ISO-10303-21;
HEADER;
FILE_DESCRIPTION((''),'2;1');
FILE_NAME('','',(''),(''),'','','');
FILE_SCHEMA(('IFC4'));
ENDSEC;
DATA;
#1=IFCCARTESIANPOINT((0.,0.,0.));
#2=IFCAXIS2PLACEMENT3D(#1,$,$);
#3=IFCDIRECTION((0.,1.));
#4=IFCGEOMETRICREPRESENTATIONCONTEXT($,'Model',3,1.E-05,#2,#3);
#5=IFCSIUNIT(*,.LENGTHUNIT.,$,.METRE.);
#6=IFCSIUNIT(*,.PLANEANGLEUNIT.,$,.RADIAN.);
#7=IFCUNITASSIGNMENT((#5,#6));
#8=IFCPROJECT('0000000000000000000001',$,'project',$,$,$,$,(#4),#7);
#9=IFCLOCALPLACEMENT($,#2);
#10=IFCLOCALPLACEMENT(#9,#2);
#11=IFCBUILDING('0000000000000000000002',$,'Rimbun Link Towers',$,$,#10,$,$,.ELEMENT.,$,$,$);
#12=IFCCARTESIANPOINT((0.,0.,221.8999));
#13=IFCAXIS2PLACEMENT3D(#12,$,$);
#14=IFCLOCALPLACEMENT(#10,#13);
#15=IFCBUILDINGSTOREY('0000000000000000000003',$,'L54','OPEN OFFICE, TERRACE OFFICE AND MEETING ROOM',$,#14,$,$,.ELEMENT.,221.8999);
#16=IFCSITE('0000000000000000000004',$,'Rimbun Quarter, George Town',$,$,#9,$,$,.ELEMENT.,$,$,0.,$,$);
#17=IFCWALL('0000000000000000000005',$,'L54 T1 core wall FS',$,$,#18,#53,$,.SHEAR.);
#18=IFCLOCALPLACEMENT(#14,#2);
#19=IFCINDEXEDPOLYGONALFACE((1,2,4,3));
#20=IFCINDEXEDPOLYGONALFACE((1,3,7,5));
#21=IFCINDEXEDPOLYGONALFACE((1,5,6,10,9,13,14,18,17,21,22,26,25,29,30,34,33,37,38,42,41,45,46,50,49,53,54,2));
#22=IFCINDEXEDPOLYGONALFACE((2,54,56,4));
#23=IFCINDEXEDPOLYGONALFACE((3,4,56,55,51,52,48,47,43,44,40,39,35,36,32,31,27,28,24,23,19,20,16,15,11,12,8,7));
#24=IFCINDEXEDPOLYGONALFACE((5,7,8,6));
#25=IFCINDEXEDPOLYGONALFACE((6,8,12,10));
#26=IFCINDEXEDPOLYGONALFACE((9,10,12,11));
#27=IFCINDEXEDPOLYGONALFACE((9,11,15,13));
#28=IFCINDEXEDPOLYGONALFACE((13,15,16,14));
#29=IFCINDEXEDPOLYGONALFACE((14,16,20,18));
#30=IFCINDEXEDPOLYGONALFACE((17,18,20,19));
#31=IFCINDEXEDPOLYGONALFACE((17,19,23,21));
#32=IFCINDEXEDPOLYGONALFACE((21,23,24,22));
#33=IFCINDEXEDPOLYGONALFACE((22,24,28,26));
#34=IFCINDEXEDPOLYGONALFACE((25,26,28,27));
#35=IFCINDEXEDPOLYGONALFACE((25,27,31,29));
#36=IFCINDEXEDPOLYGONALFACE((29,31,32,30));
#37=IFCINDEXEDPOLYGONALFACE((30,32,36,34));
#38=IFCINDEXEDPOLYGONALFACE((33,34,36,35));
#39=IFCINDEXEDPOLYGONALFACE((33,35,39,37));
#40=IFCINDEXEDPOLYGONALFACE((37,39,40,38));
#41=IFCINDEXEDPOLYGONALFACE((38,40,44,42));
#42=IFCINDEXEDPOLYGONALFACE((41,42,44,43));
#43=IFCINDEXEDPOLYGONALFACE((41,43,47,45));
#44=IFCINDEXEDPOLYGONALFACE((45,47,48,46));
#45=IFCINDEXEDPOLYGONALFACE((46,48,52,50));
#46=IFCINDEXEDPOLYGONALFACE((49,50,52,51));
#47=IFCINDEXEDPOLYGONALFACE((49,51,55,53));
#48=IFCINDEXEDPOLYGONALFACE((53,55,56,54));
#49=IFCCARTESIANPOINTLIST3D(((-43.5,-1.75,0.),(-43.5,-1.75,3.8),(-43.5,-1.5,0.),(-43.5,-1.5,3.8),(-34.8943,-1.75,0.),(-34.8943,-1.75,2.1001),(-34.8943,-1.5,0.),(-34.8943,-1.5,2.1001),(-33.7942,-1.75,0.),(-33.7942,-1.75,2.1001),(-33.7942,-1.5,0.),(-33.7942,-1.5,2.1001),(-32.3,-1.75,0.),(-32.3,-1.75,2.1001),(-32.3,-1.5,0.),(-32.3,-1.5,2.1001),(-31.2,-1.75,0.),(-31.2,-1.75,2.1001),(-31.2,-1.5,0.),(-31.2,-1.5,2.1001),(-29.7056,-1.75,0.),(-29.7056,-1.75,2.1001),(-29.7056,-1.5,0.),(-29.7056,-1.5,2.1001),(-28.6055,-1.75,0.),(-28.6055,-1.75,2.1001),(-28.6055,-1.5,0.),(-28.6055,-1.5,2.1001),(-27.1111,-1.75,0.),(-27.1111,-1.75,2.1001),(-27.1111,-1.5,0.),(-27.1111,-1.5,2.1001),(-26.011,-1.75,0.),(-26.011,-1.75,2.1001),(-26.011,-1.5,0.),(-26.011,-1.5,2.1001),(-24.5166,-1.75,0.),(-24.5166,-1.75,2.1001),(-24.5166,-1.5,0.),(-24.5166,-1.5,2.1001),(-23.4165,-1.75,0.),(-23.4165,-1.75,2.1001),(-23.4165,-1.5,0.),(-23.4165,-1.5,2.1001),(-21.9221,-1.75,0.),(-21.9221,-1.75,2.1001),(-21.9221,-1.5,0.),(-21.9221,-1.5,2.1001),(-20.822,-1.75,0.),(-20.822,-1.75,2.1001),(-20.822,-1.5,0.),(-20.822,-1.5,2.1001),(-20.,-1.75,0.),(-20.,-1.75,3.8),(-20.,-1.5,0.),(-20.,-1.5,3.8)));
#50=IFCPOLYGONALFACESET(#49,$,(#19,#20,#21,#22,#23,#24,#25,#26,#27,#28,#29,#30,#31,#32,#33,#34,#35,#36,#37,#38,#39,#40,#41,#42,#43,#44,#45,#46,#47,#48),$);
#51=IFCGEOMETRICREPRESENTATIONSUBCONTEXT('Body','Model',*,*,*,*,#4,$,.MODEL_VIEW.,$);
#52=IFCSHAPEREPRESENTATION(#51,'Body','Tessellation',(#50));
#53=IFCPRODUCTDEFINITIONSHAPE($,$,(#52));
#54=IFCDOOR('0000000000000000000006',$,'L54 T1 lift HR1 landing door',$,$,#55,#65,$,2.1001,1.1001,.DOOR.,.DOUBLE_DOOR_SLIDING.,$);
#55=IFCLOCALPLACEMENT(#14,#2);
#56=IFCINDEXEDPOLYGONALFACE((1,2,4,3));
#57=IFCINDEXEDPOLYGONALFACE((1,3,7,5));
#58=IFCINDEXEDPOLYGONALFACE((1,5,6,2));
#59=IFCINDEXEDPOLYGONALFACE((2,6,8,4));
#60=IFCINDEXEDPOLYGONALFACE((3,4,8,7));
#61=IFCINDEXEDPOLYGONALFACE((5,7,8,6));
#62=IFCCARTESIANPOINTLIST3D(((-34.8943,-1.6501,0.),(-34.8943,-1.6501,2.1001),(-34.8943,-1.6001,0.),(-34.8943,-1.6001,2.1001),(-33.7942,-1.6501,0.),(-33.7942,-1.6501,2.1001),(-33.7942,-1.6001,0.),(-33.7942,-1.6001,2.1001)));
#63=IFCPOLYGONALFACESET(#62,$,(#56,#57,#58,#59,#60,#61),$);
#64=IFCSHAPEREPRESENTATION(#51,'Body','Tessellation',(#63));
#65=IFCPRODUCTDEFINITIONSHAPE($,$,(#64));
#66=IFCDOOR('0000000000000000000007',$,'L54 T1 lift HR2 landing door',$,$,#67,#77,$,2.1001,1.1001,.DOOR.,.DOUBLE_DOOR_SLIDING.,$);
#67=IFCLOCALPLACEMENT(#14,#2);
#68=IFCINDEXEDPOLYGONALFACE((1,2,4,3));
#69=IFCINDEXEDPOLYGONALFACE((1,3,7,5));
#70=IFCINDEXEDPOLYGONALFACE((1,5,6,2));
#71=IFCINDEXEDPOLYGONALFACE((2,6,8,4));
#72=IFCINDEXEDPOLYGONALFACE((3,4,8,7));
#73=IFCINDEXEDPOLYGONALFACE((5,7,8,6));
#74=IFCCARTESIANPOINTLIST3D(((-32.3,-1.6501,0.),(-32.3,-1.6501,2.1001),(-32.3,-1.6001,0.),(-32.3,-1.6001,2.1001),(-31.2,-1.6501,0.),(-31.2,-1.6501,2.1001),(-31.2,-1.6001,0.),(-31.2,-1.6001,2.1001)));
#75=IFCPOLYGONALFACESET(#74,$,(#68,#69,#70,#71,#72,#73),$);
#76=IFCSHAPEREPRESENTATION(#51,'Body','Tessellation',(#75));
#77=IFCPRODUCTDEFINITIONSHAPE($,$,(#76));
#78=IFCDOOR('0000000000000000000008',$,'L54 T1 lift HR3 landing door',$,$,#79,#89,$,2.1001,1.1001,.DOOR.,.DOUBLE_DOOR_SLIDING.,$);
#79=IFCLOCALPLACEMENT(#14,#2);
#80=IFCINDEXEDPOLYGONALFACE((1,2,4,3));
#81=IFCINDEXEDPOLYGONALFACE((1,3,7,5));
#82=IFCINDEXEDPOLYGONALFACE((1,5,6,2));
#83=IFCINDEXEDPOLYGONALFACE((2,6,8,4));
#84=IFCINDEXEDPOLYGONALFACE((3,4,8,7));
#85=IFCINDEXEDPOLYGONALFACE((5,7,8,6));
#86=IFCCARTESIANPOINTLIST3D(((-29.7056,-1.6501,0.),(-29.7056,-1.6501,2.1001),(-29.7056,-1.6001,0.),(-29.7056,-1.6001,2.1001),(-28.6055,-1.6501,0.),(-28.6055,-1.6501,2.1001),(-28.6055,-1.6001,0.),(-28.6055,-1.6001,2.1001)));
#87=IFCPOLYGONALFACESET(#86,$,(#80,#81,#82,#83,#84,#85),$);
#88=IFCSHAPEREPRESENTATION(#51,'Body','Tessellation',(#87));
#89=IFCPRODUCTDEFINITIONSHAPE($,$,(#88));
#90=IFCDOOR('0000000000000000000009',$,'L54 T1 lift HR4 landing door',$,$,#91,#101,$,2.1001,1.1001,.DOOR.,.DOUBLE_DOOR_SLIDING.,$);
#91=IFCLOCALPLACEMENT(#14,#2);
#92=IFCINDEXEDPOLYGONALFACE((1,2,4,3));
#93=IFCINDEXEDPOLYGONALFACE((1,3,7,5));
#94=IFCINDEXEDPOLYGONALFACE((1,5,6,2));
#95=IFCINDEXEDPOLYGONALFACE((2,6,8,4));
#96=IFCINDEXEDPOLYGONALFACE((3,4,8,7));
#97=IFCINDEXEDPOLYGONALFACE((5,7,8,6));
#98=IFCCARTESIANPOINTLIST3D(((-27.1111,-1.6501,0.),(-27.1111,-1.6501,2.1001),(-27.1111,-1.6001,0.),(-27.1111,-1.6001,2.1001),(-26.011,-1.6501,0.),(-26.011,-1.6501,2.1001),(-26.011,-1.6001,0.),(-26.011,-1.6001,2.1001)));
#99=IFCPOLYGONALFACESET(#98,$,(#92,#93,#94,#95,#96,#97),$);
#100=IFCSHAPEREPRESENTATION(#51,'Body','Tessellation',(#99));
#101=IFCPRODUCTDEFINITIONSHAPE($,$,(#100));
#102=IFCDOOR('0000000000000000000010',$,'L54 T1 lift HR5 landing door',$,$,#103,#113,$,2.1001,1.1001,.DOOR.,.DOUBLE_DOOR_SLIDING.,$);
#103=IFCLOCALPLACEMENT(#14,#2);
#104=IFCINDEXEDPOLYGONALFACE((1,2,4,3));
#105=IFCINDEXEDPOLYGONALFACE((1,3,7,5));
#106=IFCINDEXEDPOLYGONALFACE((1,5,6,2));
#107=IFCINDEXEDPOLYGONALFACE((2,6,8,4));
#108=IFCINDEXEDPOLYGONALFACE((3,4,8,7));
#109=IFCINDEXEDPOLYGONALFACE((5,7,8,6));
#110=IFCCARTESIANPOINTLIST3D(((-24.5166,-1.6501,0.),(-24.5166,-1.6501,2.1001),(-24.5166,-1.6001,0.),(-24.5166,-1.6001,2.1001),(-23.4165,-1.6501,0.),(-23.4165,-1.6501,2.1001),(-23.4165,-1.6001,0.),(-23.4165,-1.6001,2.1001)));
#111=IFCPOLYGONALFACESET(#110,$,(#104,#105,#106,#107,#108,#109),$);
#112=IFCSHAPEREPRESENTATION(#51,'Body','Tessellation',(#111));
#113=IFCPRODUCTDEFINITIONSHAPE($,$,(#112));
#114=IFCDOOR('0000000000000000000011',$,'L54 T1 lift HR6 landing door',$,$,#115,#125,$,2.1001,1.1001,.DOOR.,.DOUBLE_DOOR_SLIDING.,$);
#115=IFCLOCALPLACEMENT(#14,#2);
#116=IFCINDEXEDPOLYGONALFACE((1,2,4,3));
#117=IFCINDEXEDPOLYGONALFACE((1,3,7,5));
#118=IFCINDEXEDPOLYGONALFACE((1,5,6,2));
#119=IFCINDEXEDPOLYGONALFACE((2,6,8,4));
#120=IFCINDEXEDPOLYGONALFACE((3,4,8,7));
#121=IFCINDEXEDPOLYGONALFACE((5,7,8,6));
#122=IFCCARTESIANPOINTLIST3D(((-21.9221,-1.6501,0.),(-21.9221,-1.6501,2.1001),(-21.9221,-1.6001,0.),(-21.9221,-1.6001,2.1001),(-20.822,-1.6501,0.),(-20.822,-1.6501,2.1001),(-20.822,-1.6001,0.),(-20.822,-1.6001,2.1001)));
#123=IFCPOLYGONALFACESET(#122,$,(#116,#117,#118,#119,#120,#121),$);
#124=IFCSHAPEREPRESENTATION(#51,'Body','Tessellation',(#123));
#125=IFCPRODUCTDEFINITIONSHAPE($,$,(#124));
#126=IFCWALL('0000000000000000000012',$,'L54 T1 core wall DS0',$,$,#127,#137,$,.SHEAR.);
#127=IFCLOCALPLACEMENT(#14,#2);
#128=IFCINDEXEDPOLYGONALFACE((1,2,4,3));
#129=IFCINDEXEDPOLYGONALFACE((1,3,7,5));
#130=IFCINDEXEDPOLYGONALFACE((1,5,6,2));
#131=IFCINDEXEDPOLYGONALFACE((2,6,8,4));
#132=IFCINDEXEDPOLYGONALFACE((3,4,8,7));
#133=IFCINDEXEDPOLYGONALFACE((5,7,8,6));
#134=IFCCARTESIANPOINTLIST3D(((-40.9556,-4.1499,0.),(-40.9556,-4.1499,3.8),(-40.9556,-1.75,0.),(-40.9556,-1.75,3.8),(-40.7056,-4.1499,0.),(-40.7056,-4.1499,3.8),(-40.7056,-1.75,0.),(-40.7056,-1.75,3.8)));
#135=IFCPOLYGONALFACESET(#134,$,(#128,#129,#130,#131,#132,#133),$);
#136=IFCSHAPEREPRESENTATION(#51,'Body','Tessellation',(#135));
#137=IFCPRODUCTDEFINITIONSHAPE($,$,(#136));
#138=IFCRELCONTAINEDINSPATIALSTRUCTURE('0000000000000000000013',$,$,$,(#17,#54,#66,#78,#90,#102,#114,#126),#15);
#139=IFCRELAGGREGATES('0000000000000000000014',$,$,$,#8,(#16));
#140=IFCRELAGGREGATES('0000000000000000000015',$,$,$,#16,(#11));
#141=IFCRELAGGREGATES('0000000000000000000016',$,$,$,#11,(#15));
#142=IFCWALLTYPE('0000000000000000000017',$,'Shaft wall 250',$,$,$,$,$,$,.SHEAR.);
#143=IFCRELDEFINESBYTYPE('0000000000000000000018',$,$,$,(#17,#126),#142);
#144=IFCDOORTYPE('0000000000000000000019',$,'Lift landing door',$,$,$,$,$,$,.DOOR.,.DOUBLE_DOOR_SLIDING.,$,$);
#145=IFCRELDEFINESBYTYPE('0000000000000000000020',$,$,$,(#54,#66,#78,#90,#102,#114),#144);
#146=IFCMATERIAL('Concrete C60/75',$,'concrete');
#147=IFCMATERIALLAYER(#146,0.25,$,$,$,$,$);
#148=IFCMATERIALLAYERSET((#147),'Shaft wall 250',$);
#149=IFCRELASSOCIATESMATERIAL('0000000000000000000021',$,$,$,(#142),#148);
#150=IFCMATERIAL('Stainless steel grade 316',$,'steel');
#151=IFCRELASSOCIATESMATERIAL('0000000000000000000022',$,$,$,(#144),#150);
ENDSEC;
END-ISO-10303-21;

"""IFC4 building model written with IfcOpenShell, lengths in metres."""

from ifc_helpers import new_model, si_unit, direction, frame, frame_2d, origin, place, context, subcontext, project, spatial, rectangle, extrude, material, layer, layer_set, type_object, element, fill, save


model = new_model("IFC4")

# Units and contexts
model_context = context("Model", 3, precision=1e-05, world=origin(), true_north=direction((0.0, 1.0)))
body_context = subcontext(model_context, "Body", "Model", "MODEL_VIEW")
ifc_project = project(units=[si_unit("LENGTHUNIT", "METRE"), si_unit("PLANEANGLEUNIT", "RADIAN")], contexts=[model_context])

# Site, building, storey
site_placement = place(None, origin())
site = spatial("IfcSite", under=ifc_project, at=site_placement, Name="Rimbun Quarter, George Town", CompositionType="ELEMENT", RefElevation=0.0)
building_placement = place(site_placement, origin())
building = spatial("IfcBuilding", under=site, at=building_placement, Name="Rimbun Link Towers", CompositionType="ELEMENT")
storey_placement = place(building_placement, frame((0.0, 0.0, 221.8999)))
storey = spatial("IfcBuildingStorey", under=building, at=storey_placement, Name="L54", Description="OPEN OFFICE, TERRACE OFFICE AND MEETING ROOM", CompositionType="ELEMENT", Elevation=221.8999)

# Shared definitions
ifc_material_1 = material(Name="Concrete C60/75", Category="concrete")
ifc_layer_1 = layer(ifc_material_1, 0.25)
ifc_layer_set_1 = layer_set([ifc_layer_1], Name="Shaft wall 250")
wall_type_1 = type_object("IfcWallType", Name="Shaft wall 250", PredefinedType="SHEAR", material=ifc_layer_set_1)

# Wall, openings, doors
wall_1_placement = place(storey_placement, frame((-43.5, -1.625, 0.0), z_axis=(0.0, 0.0, 1.0), x_axis=(1.0, 0.0, 0.0)))
wall_1 = element("IfcWall", 1, at=wall_1_placement, inside=storey, type_object=wall_type_1, Name="L54 T1 core wall FS", PredefinedType="SHEAR", context=body_context, shape_type="SweptSolid", body=[
    extrude(rectangle(XDim=23.5, YDim=0.25, at=frame_2d((11.75, 0.0))), origin(), (0.0, 0.0, 1.0), 3.8),
])
opening_1_placement = place(wall_1_placement, frame((8.6057, 0.0, 0.0)))
opening_1 = element("IfcOpeningElement", 2, at=opening_1_placement, cuts=wall_1, PredefinedType="OPENING", context=body_context, shape_type="SweptSolid", body=[
    extrude(rectangle(XDim=1.1001, YDim=2.1001, at=frame_2d((0.55, 1.05))), frame((0.0, 0.135, 0.0), z_axis=(0.0, -1.0, 0.0), x_axis=(1.0, 0.0, 0.0)), (0.0, 0.0, 1.0), 0.27),
])
opening_2_placement = place(wall_1_placement, frame((11.2, 0.0, 0.0)))
opening_2 = element("IfcOpeningElement", 3, at=opening_2_placement, cuts=wall_1, PredefinedType="OPENING", context=body_context, shape_type="SweptSolid", body=[
    extrude(rectangle(XDim=1.1001, YDim=2.1001, at=frame_2d((0.55, 1.05))), frame((0.0, 0.135, 0.0), z_axis=(0.0, -1.0, 0.0), x_axis=(1.0, 0.0, 0.0)), (0.0, 0.0, 1.0), 0.27),
])
opening_3_placement = place(wall_1_placement, frame((13.7944, 0.0, 0.0)))
opening_3 = element("IfcOpeningElement", 4, at=opening_3_placement, cuts=wall_1, PredefinedType="OPENING", context=body_context, shape_type="SweptSolid", body=[
    extrude(rectangle(XDim=1.1001, YDim=2.1001, at=frame_2d((0.55, 1.05))), frame((0.0, 0.135, 0.0), z_axis=(0.0, -1.0, 0.0), x_axis=(1.0, 0.0, 0.0)), (0.0, 0.0, 1.0), 0.27),
])
opening_4_placement = place(wall_1_placement, frame((16.3889, 0.0, 0.0)))
opening_4 = element("IfcOpeningElement", 5, at=opening_4_placement, cuts=wall_1, PredefinedType="OPENING", context=body_context, shape_type="SweptSolid", body=[
    extrude(rectangle(XDim=1.1001, YDim=2.1001, at=frame_2d((0.55, 1.05))), frame((0.0, 0.135, 0.0), z_axis=(0.0, -1.0, 0.0), x_axis=(1.0, 0.0, 0.0)), (0.0, 0.0, 1.0), 0.27),
])
opening_5_placement = place(wall_1_placement, frame((18.9834, 0.0, 0.0)))
opening_5 = element("IfcOpeningElement", 6, at=opening_5_placement, cuts=wall_1, PredefinedType="OPENING", context=body_context, shape_type="SweptSolid", body=[
    extrude(rectangle(XDim=1.1001, YDim=2.1001, at=frame_2d((0.55, 1.05))), frame((0.0, 0.135, 0.0), z_axis=(0.0, -1.0, 0.0), x_axis=(1.0, 0.0, 0.0)), (0.0, 0.0, 1.0), 0.27),
])
opening_6_placement = place(wall_1_placement, frame((21.5779, 0.0, 0.0)))
opening_6 = element("IfcOpeningElement", 7, at=opening_6_placement, cuts=wall_1, PredefinedType="OPENING", context=body_context, shape_type="SweptSolid", body=[
    extrude(rectangle(XDim=1.1001, YDim=2.1001, at=frame_2d((0.55, 1.05))), frame((0.0, 0.135, 0.0), z_axis=(0.0, -1.0, 0.0), x_axis=(1.0, 0.0, 0.0)), (0.0, 0.0, 1.0), 0.27),
])
ifc_material_2 = material(Name="Stainless steel grade 316", Category="steel")
door_type_1 = type_object("IfcDoorType", Name="Lift landing door", OperationType="DOUBLE_DOOR_SLIDING", PredefinedType="DOOR", material=ifc_material_2)
door_1_placement = place(opening_1_placement, origin())
door_1 = element("IfcDoor", 8, at=door_1_placement, inside=storey, type_object=door_type_1, Name="L54 T1 lift HR1 landing door", OperationType="DOUBLE_DOOR_SLIDING", OverallHeight=2.1001, OverallWidth=1.1001, PredefinedType="DOOR", context=body_context, shape_type="SweptSolid", body=[
    extrude(rectangle(XDim=1.1001, YDim=2.1001, at=frame_2d((0.55, 1.05))), frame((0.0, 0.0249, 0.0), z_axis=(0.0, -1.0, 0.0), x_axis=(1.0, 0.0, 0.0)), (0.0, 0.0, 1.0), 0.05),
])
fill(opening_1, door_1)
door_2_placement = place(opening_2_placement, origin())
door_2 = element("IfcDoor", 9, at=door_2_placement, inside=storey, type_object=door_type_1, Name="L54 T1 lift HR2 landing door", OperationType="DOUBLE_DOOR_SLIDING", OverallHeight=2.1001, OverallWidth=1.1001, PredefinedType="DOOR", context=body_context, shape_type="SweptSolid", body=[
    extrude(rectangle(XDim=1.1001, YDim=2.1001, at=frame_2d((0.55, 1.05))), frame((0.0, 0.0249, 0.0), z_axis=(0.0, -1.0, 0.0), x_axis=(1.0, 0.0, 0.0)), (0.0, 0.0, 1.0), 0.05),
])
fill(opening_2, door_2)
door_3_placement = place(opening_3_placement, origin())
door_3 = element("IfcDoor", 10, at=door_3_placement, inside=storey, type_object=door_type_1, Name="L54 T1 lift HR3 landing door", OperationType="DOUBLE_DOOR_SLIDING", OverallHeight=2.1001, OverallWidth=1.1001, PredefinedType="DOOR", context=body_context, shape_type="SweptSolid", body=[
    extrude(rectangle(XDim=1.1001, YDim=2.1001, at=frame_2d((0.55, 1.05))), frame((0.0, 0.0249, 0.0), z_axis=(0.0, -1.0, 0.0), x_axis=(1.0, 0.0, 0.0)), (0.0, 0.0, 1.0), 0.05),
])
fill(opening_3, door_3)
door_4_placement = place(opening_4_placement, origin())
door_4 = element("IfcDoor", 11, at=door_4_placement, inside=storey, type_object=door_type_1, Name="L54 T1 lift HR4 landing door", OperationType="DOUBLE_DOOR_SLIDING", OverallHeight=2.1001, OverallWidth=1.1001, PredefinedType="DOOR", context=body_context, shape_type="SweptSolid", body=[
    extrude(rectangle(XDim=1.1001, YDim=2.1001, at=frame_2d((0.55, 1.05))), frame((0.0, 0.0249, 0.0), z_axis=(0.0, -1.0, 0.0), x_axis=(1.0, 0.0, 0.0)), (0.0, 0.0, 1.0), 0.05),
])
fill(opening_4, door_4)
door_5_placement = place(opening_5_placement, origin())
door_5 = element("IfcDoor", 12, at=door_5_placement, inside=storey, type_object=door_type_1, Name="L54 T1 lift HR5 landing door", OperationType="DOUBLE_DOOR_SLIDING", OverallHeight=2.1001, OverallWidth=1.1001, PredefinedType="DOOR", context=body_context, shape_type="SweptSolid", body=[
    extrude(rectangle(XDim=1.1001, YDim=2.1001, at=frame_2d((0.55, 1.05))), frame((0.0, 0.0249, 0.0), z_axis=(0.0, -1.0, 0.0), x_axis=(1.0, 0.0, 0.0)), (0.0, 0.0, 1.0), 0.05),
])
fill(opening_5, door_5)
door_6_placement = place(opening_6_placement, origin())
door_6 = element("IfcDoor", 13, at=door_6_placement, inside=storey, type_object=door_type_1, Name="L54 T1 lift HR6 landing door", OperationType="DOUBLE_DOOR_SLIDING", OverallHeight=2.1001, OverallWidth=1.1001, PredefinedType="DOOR", context=body_context, shape_type="SweptSolid", body=[
    extrude(rectangle(XDim=1.1001, YDim=2.1001, at=frame_2d((0.55, 1.05))), frame((0.0, 0.0249, 0.0), z_axis=(0.0, -1.0, 0.0), x_axis=(1.0, 0.0, 0.0)), (0.0, 0.0, 1.0), 0.05),
])
fill(opening_6, door_6)

# Wall
wall_2_placement = place(storey_placement, frame((-40.8306, -4.1499, 0.0), z_axis=(0.0, 0.0, 1.0), x_axis=(0.0, 1.0, 0.0)))
element("IfcWall", 14, at=wall_2_placement, inside=storey, type_object=wall_type_1, Name="L54 T1 core wall DS0", PredefinedType="SHEAR", context=body_context, shape_type="SweptSolid", body=[
    extrude(rectangle(XDim=2.3999, YDim=0.25, at=frame_2d((1.2, 0.0))), origin(), (0.0, 0.0, 1.0), 3.8),
])

save(model, "model.ifc")
